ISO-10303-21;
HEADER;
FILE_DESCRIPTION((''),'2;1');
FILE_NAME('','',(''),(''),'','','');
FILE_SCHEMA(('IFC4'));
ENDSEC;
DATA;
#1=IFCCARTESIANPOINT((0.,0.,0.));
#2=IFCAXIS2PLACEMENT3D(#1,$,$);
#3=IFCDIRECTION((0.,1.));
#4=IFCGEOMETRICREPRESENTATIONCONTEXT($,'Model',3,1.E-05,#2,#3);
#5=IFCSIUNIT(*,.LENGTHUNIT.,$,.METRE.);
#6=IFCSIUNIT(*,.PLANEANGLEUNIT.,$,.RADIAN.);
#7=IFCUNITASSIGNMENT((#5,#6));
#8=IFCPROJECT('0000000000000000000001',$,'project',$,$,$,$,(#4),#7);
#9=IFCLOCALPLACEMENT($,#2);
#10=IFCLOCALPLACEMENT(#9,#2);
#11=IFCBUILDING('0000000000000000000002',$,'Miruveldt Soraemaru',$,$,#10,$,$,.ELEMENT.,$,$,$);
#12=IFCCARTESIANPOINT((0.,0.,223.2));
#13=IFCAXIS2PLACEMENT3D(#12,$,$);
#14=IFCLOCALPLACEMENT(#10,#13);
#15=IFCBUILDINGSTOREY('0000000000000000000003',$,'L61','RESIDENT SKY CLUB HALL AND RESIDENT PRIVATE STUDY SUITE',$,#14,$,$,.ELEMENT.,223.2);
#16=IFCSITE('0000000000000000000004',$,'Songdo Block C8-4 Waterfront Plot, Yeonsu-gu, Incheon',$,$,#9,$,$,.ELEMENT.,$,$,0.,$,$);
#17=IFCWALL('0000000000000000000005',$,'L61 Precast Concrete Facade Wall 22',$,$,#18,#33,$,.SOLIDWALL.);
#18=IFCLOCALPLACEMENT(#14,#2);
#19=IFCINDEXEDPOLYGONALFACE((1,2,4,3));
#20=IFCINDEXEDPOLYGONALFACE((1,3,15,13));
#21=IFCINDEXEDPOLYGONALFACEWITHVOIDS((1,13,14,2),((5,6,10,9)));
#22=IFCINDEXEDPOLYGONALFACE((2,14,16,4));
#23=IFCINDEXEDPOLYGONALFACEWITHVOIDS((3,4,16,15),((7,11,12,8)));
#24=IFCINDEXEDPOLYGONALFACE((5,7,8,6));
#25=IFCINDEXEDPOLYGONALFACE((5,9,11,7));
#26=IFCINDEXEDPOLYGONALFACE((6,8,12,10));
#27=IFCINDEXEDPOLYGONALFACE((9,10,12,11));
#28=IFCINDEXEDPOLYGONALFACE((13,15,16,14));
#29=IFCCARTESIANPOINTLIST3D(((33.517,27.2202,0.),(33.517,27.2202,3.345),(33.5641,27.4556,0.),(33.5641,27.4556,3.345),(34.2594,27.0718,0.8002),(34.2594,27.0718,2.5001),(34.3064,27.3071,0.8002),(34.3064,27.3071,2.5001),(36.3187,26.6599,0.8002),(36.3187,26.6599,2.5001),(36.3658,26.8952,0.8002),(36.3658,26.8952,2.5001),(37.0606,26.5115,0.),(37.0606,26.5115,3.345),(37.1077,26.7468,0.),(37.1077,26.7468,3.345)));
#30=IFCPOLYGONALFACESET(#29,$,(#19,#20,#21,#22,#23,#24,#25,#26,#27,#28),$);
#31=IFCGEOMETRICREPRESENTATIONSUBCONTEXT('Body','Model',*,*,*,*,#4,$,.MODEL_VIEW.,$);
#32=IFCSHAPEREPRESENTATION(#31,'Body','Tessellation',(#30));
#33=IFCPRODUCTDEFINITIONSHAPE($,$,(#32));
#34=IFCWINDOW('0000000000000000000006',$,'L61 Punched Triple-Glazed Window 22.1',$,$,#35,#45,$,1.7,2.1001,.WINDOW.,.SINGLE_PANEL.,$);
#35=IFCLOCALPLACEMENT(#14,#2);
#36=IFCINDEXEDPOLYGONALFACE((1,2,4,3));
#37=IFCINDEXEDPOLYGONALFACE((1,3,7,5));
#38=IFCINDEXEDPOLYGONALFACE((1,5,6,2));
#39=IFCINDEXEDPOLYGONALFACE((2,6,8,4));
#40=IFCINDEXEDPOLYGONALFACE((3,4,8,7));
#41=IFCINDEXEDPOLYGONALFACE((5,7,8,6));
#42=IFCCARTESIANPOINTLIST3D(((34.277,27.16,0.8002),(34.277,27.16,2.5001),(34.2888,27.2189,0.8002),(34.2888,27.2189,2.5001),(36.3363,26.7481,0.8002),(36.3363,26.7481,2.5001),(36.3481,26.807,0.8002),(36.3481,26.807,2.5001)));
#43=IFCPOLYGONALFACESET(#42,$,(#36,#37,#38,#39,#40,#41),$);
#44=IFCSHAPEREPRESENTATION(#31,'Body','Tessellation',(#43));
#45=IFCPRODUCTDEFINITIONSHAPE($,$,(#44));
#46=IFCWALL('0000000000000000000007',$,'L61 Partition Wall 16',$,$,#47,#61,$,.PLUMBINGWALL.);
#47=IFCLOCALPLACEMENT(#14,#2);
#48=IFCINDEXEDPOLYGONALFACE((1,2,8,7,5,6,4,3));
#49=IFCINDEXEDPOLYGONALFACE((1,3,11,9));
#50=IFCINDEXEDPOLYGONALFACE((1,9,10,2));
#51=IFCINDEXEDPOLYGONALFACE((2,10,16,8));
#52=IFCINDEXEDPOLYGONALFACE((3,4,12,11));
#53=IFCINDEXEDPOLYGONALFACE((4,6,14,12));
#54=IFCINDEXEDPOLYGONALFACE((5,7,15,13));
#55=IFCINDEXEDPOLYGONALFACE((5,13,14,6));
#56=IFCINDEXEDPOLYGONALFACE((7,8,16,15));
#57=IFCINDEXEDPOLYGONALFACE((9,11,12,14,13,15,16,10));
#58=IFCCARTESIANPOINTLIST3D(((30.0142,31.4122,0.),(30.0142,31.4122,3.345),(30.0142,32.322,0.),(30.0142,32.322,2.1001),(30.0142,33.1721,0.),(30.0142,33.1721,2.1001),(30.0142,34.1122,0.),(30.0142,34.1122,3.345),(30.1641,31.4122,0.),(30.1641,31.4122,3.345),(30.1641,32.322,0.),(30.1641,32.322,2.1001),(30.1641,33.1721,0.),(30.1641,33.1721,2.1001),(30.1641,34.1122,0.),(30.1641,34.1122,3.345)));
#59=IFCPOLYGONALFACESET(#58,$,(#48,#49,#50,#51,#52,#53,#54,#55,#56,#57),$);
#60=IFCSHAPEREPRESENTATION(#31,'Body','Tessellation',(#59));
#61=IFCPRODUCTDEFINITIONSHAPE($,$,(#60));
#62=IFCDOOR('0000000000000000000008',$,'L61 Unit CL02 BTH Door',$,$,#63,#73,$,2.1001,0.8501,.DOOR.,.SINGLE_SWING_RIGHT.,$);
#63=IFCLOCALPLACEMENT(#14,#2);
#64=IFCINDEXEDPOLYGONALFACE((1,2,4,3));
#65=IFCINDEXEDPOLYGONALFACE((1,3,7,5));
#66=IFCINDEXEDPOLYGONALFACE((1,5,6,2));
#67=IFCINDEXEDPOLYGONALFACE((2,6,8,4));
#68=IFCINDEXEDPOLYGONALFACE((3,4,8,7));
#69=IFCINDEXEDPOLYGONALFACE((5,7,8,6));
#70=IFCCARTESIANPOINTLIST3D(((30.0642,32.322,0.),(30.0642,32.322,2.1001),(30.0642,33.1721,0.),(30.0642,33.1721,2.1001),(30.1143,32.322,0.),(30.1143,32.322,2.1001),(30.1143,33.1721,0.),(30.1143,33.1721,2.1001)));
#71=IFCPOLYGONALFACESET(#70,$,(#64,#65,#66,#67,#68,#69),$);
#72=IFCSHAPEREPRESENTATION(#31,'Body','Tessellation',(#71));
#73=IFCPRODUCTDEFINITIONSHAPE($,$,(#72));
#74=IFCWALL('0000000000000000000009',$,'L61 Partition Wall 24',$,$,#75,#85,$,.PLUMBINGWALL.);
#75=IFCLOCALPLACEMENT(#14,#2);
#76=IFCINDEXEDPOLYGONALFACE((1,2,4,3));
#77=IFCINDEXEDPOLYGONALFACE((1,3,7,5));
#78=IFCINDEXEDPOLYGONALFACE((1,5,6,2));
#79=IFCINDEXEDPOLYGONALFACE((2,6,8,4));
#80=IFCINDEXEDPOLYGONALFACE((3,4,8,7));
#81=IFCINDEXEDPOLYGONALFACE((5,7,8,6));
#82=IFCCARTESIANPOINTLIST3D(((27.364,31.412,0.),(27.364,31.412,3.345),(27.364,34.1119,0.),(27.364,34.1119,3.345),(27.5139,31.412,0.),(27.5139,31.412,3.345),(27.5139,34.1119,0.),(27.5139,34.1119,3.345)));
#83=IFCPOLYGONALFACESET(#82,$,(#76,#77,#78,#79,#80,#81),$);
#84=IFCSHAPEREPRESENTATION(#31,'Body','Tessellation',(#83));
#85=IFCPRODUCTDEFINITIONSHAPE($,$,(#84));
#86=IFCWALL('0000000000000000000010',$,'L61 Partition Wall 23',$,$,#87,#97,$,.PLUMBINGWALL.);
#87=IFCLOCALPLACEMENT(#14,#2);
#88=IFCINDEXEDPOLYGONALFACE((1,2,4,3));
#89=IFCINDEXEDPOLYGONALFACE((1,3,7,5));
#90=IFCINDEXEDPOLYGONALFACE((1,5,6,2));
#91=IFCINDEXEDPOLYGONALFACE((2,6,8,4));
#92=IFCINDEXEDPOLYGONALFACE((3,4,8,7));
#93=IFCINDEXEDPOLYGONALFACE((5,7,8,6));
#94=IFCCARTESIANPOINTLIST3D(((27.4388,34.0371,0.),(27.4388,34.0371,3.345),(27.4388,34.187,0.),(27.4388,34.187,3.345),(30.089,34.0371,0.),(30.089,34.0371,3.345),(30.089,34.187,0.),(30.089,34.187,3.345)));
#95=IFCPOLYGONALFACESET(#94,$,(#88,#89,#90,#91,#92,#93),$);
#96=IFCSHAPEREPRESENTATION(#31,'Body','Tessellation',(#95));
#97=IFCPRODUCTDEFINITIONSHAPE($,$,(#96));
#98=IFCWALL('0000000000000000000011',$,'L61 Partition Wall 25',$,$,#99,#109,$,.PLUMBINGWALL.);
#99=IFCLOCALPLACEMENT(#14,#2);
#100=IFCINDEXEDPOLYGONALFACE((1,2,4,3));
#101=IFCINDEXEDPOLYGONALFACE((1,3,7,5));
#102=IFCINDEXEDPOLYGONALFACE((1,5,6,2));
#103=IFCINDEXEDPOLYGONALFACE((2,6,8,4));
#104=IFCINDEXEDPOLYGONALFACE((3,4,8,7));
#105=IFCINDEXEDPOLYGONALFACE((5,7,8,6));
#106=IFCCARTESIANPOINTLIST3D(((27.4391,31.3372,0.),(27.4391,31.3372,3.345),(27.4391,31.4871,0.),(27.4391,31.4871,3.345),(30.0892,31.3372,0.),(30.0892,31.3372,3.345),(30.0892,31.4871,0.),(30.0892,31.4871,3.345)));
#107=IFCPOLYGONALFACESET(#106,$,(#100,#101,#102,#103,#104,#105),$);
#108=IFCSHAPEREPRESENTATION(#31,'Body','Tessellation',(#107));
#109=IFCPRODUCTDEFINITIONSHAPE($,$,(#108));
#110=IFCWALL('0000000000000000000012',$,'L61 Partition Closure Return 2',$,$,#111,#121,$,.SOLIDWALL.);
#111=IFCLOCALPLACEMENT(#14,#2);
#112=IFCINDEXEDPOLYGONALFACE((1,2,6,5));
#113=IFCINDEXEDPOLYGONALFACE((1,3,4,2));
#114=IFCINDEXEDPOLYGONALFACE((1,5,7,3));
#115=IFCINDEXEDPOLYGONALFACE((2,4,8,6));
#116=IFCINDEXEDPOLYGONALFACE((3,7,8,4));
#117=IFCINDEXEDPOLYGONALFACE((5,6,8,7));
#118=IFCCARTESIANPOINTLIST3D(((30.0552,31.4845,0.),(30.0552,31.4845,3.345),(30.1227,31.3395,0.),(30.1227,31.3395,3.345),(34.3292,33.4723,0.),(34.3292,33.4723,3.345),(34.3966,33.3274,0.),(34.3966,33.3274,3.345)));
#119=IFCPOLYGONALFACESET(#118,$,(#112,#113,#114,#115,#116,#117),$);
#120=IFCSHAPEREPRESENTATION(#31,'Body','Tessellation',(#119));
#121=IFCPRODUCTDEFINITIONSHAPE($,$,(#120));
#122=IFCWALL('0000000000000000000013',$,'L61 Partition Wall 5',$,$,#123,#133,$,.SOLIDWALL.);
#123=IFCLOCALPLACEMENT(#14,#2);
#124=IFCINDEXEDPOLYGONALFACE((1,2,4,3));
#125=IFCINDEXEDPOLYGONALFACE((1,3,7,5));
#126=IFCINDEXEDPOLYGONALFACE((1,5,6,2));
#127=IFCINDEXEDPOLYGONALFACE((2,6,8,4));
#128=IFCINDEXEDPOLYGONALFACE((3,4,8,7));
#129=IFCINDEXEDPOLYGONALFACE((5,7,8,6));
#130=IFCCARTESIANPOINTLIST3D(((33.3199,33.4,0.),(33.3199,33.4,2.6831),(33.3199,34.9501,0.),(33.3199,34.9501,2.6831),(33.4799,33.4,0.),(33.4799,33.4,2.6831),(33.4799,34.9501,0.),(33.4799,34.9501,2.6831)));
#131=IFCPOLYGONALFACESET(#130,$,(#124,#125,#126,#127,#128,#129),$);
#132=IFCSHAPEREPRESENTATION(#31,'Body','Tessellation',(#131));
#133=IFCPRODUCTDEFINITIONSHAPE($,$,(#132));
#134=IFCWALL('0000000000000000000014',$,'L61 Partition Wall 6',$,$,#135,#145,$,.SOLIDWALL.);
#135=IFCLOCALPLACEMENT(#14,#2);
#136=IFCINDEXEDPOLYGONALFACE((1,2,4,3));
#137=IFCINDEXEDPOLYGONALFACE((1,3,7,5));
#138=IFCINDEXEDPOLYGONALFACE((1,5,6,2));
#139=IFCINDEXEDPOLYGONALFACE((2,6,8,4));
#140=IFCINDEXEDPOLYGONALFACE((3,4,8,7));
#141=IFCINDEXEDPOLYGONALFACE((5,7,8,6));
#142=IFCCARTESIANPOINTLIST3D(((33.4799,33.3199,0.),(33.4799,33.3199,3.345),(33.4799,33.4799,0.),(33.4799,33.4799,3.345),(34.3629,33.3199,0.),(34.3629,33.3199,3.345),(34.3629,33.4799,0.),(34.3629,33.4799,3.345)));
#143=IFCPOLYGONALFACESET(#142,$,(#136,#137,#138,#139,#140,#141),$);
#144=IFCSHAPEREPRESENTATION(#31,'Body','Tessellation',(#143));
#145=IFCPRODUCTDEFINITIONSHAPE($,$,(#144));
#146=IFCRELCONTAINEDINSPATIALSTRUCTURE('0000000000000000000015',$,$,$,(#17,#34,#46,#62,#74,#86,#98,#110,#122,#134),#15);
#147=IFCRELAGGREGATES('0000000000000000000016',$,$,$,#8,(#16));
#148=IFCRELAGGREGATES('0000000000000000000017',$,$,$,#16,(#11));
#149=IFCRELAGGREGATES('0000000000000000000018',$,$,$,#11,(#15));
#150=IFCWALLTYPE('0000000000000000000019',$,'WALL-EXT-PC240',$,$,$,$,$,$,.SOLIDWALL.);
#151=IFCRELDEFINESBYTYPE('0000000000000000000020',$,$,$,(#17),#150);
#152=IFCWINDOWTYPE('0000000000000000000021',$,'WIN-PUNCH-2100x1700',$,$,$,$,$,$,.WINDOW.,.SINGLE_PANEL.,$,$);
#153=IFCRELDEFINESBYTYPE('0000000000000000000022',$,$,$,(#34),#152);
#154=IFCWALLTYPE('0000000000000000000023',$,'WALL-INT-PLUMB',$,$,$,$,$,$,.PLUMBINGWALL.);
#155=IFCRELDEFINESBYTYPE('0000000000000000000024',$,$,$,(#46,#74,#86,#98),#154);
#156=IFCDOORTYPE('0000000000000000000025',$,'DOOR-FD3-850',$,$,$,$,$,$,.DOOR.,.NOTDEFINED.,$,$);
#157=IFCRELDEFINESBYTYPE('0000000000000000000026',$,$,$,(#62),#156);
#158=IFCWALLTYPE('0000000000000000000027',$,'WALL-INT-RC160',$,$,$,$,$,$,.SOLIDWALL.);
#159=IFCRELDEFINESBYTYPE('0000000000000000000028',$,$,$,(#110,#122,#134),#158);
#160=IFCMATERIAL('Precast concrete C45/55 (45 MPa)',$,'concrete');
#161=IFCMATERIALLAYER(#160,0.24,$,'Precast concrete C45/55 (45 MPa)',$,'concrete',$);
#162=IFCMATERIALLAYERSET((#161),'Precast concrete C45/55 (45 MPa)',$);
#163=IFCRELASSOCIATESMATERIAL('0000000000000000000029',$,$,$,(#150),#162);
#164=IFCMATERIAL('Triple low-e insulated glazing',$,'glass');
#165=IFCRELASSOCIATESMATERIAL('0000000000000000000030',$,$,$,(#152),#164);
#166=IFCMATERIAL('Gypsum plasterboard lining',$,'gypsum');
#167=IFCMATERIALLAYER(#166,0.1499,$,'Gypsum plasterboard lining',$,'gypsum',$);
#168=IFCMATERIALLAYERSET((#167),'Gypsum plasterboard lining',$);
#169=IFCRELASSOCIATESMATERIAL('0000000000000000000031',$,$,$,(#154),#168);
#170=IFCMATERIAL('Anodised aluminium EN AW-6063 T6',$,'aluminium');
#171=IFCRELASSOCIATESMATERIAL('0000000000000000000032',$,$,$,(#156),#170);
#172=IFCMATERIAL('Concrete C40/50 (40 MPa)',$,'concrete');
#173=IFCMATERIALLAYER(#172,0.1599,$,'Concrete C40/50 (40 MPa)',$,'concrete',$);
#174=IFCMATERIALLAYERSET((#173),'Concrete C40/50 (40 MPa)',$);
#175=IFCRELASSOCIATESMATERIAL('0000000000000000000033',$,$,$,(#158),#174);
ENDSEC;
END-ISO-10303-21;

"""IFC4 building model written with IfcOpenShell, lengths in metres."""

from ifc_helpers import new_model, si_unit, direction, frame, frame_2d, origin, place, context, subcontext, project, spatial, rectangle, extrude, material, layer, layer_set, type_object, element, fill, save


model = new_model("IFC4")

# Units and contexts
model_context = context("Model", 3, precision=1e-05, world=origin(), true_north=direction((0.0, 1.0)))
body_context = subcontext(model_context, "Body", "Model", "MODEL_VIEW")
ifc_project = project(units=[si_unit("LENGTHUNIT", "METRE"), si_unit("PLANEANGLEUNIT", "RADIAN")], contexts=[model_context])

# Site, building, storey
site_placement = place(None, origin())
site = spatial("IfcSite", under=ifc_project, at=site_placement, Name="Songdo Block C8-4 Waterfront Plot, Yeonsu-gu, Incheon", CompositionType="ELEMENT", RefElevation=0.0)
building_placement = place(site_placement, origin())
building = spatial("IfcBuilding", under=site, at=building_placement, Name="Miruveldt Soraemaru", CompositionType="ELEMENT")
storey_placement = place(building_placement, frame((0.0, 0.0, 223.2)))
storey = spatial("IfcBuildingStorey", under=building, at=storey_placement, Name="L61", Description="RESIDENT SKY CLUB HALL AND RESIDENT PRIVATE STUDY SUITE", CompositionType="ELEMENT", Elevation=223.2)

# Shared definitions
ifc_material_1 = material(Name="Anodised aluminium EN AW-6063 T6", Category="aluminium")

# Shared definitions
ifc_material_2 = material(Name="Concrete C40/50 (40 MPa)", Category="concrete")

# Wall, opening, window
ifc_material_3 = material(Name="Precast concrete C45/55 (45 MPa)", Category="concrete")
ifc_layer_1 = layer(ifc_material_3, 0.24, Name="Precast concrete C45/55 (45 MPa)", Category="concrete")
ifc_layer_set_1 = layer_set([ifc_layer_1], Name="Precast concrete C45/55 (45 MPa)")
wall_type_1 = type_object("IfcWallType", Name="WALL-EXT-PC240", PredefinedType="SOLIDWALL", material=ifc_layer_set_1)
ifc_material_4 = material(Name="Triple low-e insulated glazing", Category="glass")
window_type_1 = type_object("IfcWindowType", Name="WIN-PUNCH-2100x1700", PartitioningType="SINGLE_PANEL", PredefinedType="WINDOW", material=ifc_material_4)
wall_1_placement = place(storey_placement, frame((33.5405, 27.3379, 0.0), z_axis=(0.0, 0.0, 1.0), x_axis=(0.980581, -0.196116, 0.0)))
wall_1 = element("IfcWall", 1, at=wall_1_placement, inside=storey, type_object=wall_type_1, Name="L61 Precast Concrete Facade Wall 22", PredefinedType="SOLIDWALL", context=body_context, shape_type="SweptSolid", body=[
    extrude(rectangle(XDim=3.6138, YDim=0.24, at=frame_2d((1.8069, 0.0))), origin(), (0.0, 0.0, 1.0), 3.345),
])
opening_1_placement = place(wall_1_placement, frame((0.7571, 0.0, 0.8)))
opening_1 = element("IfcOpeningElement", 2, at=opening_1_placement, cuts=wall_1, PredefinedType="OPENING", context=body_context, shape_type="SweptSolid", body=[
    extrude(rectangle(XDim=2.1001, YDim=1.7, at=frame_2d((1.05, 0.8501))), frame((0.0, 0.1299, 0.0), z_axis=(0.0, -1.0, 0.0), x_axis=(1.0, 0.0, 0.0)), (0.0, 0.0, 1.0), 0.26),
])
window_1_placement = place(opening_1_placement, origin())
window_1 = element("IfcWindow", 3, at=window_1_placement, inside=storey, type_object=window_type_1, Name="L61 Punched Triple-Glazed Window 22.1", OverallHeight=1.7, OverallWidth=2.1001, PartitioningType="SINGLE_PANEL", PredefinedType="WINDOW", context=body_context, shape_type="SweptSolid", body=[
    extrude(rectangle(XDim=2.1001, YDim=1.7, at=frame_2d((1.05, 0.8501))), frame((0.0, 0.03, 0.0), z_axis=(0.0, -1.0, 0.0), x_axis=(1.0, 0.0, 0.0)), (0.0, 0.0, 1.0), 0.0601),
])
fill(opening_1, window_1)

# Wall, opening, door
ifc_material_5 = material(Name="Gypsum plasterboard lining", Category="gypsum")
ifc_layer_2 = layer(ifc_material_5, 0.1499, Name="Gypsum plasterboard lining", Category="gypsum")
ifc_layer_set_2 = layer_set([ifc_layer_2], Name="Gypsum plasterboard lining")
wall_type_2 = type_object("IfcWallType", Name="WALL-INT-PLUMB", PredefinedType="PLUMBINGWALL", material=ifc_layer_set_2)
wall_2_placement = place(storey_placement, frame((30.0891, 31.4121, 0.0), z_axis=(0.0, 0.0, 1.0), x_axis=(0.0, 1.0, 0.0)))
wall_2 = element("IfcWall", 4, at=wall_2_placement, inside=storey, type_object=wall_type_2, Name="L61 Partition Wall 16", PredefinedType="PLUMBINGWALL", context=body_context, shape_type="SweptSolid", body=[
    extrude(rectangle(XDim=2.7, YDim=0.1499, at=frame_2d((1.3501, 0.0))), origin(), (0.0, 0.0, 1.0), 3.345),
])
opening_2_placement = place(wall_2_placement, frame((0.9099, 0.0, 0.0)))
opening_2 = element("IfcOpeningElement", 5, at=opening_2_placement, cuts=wall_2, PredefinedType="OPENING", context=body_context, shape_type="SweptSolid", body=[
    extrude(rectangle(XDim=0.8501, YDim=2.1001, at=frame_2d((0.425, 1.05))), frame((0.0, 0.085, 0.0), z_axis=(0.0, -1.0, 0.0), x_axis=(1.0, 0.0, 0.0)), (0.0, 0.0, 1.0), 0.1699),
])
door_type = type_object("IfcDoorType", Name="DOOR-FD3-850", OperationType="NOTDEFINED", PredefinedType="DOOR", material=ifc_material_1)
door_placement = place(opening_2_placement, origin())
door = element("IfcDoor", 6, at=door_placement, inside=storey, type_object=door_type, Name="L61 Unit CL02 BTH Door", OperationType="SINGLE_SWING_RIGHT", OverallHeight=2.1001, OverallWidth=0.8501, PredefinedType="DOOR", context=body_context, shape_type="SweptSolid", body=[
    extrude(rectangle(XDim=0.8501, YDim=2.1001, at=frame_2d((0.425, 1.05))), frame((0.0, 0.0249, 0.0), z_axis=(0.0, -1.0, 0.0), x_axis=(1.0, 0.0, 0.0)), (0.0, 0.0, 1.0), 0.05),
])
fill(opening_2, door)

# Walls
wall_3_placement = place(storey_placement, frame((27.439, 34.1121, 0.0), z_axis=(0.0, 0.0, 1.0), x_axis=(0.0, -1.0, 0.0)))
element("IfcWall", 7, at=wall_3_placement, inside=storey, type_object=wall_type_2, Name="L61 Partition Wall 24", PredefinedType="PLUMBINGWALL", context=body_context, shape_type="SweptSolid", body=[
    extrude(rectangle(XDim=2.7, YDim=0.1499, at=frame_2d((1.3501, 0.0))), origin(), (0.0, 0.0, 1.0), 3.345),
])
for number, where, z_axis, x_axis, name in (
    (8, (30.0891, 34.1121, 0.0), (0.0, 0.0, 1.0), (-1.0, 0.0, 0.0), "L61 Partition Wall 23"),
    (9, (27.439, 31.4121, 0.0), (0.0, 0.0, 1.0), (1.0, 0.0, 0.0), "L61 Partition Wall 25"),
):
    element("IfcWall", number, at=place(storey_placement, frame(where, z_axis=z_axis, x_axis=x_axis)), inside=storey, type_object=wall_type_2, Name=name, PredefinedType="PLUMBINGWALL", context=body_context, shape_type="SweptSolid", body=[
        extrude(rectangle(XDim=2.6501, YDim=0.1499, at=frame_2d((1.3252, 0.0))), origin(), (0.0, 0.0, 1.0), 3.345),
    ])
ifc_layer_3 = layer(ifc_material_2, 0.1599, Name="Concrete C40/50 (40 MPa)", Category="concrete")
ifc_layer_set_3 = layer_set([ifc_layer_3], Name="Concrete C40/50 (40 MPa)")
wall_type_3 = type_object("IfcWallType", Name="WALL-INT-RC160", PredefinedType="SOLIDWALL", material=ifc_layer_set_3)
wall_4_placement = place(storey_placement, frame((34.363, 33.3999, 0.0), z_axis=(0.0, 0.0, 1.0), x_axis=(-0.906728, -0.421717, 0.0)))
element("IfcWall", 10, at=wall_4_placement, inside=storey, type_object=wall_type_3, Name="L61 Partition Closure Return 2", PredefinedType="SOLIDWALL", context=body_context, shape_type="SweptSolid", body=[
    extrude(rectangle(XDim=4.7136, YDim=0.1599, at=frame_2d((2.3569, 0.0))), origin(), (0.0, 0.0, 1.0), 3.345),
])
wall_5_placement = place(storey_placement, frame((33.3999, 34.95, 0.0), z_axis=(0.0, 0.0, 1.0), x_axis=(0.0, -1.0, 0.0)))
element("IfcWall", 11, at=wall_5_placement, inside=storey, type_object=wall_type_3, Name="L61 Partition Wall 5", PredefinedType="SOLIDWALL", context=body_context, shape_type="SweptSolid", body=[
    extrude(rectangle(XDim=1.55, YDim=0.1599, at=frame_2d((0.7749, 0.0))), origin(), (0.0, 0.0, 1.0), 2.6831),
])
wall_6_placement = place(storey_placement, frame((33.48, 33.3999, 0.0), z_axis=(0.0, 0.0, 1.0), x_axis=(1.0, 0.0, 0.0)))
element("IfcWall", 12, at=wall_6_placement, inside=storey, type_object=wall_type_3, Name="L61 Partition Wall 6", PredefinedType="SOLIDWALL", context=body_context, shape_type="SweptSolid", body=[
    extrude(rectangle(XDim=0.8831, YDim=0.1599, at=frame_2d((0.4414, 0.0))), origin(), (0.0, 0.0, 1.0), 3.345),
])

save(model, "model.ifc")
